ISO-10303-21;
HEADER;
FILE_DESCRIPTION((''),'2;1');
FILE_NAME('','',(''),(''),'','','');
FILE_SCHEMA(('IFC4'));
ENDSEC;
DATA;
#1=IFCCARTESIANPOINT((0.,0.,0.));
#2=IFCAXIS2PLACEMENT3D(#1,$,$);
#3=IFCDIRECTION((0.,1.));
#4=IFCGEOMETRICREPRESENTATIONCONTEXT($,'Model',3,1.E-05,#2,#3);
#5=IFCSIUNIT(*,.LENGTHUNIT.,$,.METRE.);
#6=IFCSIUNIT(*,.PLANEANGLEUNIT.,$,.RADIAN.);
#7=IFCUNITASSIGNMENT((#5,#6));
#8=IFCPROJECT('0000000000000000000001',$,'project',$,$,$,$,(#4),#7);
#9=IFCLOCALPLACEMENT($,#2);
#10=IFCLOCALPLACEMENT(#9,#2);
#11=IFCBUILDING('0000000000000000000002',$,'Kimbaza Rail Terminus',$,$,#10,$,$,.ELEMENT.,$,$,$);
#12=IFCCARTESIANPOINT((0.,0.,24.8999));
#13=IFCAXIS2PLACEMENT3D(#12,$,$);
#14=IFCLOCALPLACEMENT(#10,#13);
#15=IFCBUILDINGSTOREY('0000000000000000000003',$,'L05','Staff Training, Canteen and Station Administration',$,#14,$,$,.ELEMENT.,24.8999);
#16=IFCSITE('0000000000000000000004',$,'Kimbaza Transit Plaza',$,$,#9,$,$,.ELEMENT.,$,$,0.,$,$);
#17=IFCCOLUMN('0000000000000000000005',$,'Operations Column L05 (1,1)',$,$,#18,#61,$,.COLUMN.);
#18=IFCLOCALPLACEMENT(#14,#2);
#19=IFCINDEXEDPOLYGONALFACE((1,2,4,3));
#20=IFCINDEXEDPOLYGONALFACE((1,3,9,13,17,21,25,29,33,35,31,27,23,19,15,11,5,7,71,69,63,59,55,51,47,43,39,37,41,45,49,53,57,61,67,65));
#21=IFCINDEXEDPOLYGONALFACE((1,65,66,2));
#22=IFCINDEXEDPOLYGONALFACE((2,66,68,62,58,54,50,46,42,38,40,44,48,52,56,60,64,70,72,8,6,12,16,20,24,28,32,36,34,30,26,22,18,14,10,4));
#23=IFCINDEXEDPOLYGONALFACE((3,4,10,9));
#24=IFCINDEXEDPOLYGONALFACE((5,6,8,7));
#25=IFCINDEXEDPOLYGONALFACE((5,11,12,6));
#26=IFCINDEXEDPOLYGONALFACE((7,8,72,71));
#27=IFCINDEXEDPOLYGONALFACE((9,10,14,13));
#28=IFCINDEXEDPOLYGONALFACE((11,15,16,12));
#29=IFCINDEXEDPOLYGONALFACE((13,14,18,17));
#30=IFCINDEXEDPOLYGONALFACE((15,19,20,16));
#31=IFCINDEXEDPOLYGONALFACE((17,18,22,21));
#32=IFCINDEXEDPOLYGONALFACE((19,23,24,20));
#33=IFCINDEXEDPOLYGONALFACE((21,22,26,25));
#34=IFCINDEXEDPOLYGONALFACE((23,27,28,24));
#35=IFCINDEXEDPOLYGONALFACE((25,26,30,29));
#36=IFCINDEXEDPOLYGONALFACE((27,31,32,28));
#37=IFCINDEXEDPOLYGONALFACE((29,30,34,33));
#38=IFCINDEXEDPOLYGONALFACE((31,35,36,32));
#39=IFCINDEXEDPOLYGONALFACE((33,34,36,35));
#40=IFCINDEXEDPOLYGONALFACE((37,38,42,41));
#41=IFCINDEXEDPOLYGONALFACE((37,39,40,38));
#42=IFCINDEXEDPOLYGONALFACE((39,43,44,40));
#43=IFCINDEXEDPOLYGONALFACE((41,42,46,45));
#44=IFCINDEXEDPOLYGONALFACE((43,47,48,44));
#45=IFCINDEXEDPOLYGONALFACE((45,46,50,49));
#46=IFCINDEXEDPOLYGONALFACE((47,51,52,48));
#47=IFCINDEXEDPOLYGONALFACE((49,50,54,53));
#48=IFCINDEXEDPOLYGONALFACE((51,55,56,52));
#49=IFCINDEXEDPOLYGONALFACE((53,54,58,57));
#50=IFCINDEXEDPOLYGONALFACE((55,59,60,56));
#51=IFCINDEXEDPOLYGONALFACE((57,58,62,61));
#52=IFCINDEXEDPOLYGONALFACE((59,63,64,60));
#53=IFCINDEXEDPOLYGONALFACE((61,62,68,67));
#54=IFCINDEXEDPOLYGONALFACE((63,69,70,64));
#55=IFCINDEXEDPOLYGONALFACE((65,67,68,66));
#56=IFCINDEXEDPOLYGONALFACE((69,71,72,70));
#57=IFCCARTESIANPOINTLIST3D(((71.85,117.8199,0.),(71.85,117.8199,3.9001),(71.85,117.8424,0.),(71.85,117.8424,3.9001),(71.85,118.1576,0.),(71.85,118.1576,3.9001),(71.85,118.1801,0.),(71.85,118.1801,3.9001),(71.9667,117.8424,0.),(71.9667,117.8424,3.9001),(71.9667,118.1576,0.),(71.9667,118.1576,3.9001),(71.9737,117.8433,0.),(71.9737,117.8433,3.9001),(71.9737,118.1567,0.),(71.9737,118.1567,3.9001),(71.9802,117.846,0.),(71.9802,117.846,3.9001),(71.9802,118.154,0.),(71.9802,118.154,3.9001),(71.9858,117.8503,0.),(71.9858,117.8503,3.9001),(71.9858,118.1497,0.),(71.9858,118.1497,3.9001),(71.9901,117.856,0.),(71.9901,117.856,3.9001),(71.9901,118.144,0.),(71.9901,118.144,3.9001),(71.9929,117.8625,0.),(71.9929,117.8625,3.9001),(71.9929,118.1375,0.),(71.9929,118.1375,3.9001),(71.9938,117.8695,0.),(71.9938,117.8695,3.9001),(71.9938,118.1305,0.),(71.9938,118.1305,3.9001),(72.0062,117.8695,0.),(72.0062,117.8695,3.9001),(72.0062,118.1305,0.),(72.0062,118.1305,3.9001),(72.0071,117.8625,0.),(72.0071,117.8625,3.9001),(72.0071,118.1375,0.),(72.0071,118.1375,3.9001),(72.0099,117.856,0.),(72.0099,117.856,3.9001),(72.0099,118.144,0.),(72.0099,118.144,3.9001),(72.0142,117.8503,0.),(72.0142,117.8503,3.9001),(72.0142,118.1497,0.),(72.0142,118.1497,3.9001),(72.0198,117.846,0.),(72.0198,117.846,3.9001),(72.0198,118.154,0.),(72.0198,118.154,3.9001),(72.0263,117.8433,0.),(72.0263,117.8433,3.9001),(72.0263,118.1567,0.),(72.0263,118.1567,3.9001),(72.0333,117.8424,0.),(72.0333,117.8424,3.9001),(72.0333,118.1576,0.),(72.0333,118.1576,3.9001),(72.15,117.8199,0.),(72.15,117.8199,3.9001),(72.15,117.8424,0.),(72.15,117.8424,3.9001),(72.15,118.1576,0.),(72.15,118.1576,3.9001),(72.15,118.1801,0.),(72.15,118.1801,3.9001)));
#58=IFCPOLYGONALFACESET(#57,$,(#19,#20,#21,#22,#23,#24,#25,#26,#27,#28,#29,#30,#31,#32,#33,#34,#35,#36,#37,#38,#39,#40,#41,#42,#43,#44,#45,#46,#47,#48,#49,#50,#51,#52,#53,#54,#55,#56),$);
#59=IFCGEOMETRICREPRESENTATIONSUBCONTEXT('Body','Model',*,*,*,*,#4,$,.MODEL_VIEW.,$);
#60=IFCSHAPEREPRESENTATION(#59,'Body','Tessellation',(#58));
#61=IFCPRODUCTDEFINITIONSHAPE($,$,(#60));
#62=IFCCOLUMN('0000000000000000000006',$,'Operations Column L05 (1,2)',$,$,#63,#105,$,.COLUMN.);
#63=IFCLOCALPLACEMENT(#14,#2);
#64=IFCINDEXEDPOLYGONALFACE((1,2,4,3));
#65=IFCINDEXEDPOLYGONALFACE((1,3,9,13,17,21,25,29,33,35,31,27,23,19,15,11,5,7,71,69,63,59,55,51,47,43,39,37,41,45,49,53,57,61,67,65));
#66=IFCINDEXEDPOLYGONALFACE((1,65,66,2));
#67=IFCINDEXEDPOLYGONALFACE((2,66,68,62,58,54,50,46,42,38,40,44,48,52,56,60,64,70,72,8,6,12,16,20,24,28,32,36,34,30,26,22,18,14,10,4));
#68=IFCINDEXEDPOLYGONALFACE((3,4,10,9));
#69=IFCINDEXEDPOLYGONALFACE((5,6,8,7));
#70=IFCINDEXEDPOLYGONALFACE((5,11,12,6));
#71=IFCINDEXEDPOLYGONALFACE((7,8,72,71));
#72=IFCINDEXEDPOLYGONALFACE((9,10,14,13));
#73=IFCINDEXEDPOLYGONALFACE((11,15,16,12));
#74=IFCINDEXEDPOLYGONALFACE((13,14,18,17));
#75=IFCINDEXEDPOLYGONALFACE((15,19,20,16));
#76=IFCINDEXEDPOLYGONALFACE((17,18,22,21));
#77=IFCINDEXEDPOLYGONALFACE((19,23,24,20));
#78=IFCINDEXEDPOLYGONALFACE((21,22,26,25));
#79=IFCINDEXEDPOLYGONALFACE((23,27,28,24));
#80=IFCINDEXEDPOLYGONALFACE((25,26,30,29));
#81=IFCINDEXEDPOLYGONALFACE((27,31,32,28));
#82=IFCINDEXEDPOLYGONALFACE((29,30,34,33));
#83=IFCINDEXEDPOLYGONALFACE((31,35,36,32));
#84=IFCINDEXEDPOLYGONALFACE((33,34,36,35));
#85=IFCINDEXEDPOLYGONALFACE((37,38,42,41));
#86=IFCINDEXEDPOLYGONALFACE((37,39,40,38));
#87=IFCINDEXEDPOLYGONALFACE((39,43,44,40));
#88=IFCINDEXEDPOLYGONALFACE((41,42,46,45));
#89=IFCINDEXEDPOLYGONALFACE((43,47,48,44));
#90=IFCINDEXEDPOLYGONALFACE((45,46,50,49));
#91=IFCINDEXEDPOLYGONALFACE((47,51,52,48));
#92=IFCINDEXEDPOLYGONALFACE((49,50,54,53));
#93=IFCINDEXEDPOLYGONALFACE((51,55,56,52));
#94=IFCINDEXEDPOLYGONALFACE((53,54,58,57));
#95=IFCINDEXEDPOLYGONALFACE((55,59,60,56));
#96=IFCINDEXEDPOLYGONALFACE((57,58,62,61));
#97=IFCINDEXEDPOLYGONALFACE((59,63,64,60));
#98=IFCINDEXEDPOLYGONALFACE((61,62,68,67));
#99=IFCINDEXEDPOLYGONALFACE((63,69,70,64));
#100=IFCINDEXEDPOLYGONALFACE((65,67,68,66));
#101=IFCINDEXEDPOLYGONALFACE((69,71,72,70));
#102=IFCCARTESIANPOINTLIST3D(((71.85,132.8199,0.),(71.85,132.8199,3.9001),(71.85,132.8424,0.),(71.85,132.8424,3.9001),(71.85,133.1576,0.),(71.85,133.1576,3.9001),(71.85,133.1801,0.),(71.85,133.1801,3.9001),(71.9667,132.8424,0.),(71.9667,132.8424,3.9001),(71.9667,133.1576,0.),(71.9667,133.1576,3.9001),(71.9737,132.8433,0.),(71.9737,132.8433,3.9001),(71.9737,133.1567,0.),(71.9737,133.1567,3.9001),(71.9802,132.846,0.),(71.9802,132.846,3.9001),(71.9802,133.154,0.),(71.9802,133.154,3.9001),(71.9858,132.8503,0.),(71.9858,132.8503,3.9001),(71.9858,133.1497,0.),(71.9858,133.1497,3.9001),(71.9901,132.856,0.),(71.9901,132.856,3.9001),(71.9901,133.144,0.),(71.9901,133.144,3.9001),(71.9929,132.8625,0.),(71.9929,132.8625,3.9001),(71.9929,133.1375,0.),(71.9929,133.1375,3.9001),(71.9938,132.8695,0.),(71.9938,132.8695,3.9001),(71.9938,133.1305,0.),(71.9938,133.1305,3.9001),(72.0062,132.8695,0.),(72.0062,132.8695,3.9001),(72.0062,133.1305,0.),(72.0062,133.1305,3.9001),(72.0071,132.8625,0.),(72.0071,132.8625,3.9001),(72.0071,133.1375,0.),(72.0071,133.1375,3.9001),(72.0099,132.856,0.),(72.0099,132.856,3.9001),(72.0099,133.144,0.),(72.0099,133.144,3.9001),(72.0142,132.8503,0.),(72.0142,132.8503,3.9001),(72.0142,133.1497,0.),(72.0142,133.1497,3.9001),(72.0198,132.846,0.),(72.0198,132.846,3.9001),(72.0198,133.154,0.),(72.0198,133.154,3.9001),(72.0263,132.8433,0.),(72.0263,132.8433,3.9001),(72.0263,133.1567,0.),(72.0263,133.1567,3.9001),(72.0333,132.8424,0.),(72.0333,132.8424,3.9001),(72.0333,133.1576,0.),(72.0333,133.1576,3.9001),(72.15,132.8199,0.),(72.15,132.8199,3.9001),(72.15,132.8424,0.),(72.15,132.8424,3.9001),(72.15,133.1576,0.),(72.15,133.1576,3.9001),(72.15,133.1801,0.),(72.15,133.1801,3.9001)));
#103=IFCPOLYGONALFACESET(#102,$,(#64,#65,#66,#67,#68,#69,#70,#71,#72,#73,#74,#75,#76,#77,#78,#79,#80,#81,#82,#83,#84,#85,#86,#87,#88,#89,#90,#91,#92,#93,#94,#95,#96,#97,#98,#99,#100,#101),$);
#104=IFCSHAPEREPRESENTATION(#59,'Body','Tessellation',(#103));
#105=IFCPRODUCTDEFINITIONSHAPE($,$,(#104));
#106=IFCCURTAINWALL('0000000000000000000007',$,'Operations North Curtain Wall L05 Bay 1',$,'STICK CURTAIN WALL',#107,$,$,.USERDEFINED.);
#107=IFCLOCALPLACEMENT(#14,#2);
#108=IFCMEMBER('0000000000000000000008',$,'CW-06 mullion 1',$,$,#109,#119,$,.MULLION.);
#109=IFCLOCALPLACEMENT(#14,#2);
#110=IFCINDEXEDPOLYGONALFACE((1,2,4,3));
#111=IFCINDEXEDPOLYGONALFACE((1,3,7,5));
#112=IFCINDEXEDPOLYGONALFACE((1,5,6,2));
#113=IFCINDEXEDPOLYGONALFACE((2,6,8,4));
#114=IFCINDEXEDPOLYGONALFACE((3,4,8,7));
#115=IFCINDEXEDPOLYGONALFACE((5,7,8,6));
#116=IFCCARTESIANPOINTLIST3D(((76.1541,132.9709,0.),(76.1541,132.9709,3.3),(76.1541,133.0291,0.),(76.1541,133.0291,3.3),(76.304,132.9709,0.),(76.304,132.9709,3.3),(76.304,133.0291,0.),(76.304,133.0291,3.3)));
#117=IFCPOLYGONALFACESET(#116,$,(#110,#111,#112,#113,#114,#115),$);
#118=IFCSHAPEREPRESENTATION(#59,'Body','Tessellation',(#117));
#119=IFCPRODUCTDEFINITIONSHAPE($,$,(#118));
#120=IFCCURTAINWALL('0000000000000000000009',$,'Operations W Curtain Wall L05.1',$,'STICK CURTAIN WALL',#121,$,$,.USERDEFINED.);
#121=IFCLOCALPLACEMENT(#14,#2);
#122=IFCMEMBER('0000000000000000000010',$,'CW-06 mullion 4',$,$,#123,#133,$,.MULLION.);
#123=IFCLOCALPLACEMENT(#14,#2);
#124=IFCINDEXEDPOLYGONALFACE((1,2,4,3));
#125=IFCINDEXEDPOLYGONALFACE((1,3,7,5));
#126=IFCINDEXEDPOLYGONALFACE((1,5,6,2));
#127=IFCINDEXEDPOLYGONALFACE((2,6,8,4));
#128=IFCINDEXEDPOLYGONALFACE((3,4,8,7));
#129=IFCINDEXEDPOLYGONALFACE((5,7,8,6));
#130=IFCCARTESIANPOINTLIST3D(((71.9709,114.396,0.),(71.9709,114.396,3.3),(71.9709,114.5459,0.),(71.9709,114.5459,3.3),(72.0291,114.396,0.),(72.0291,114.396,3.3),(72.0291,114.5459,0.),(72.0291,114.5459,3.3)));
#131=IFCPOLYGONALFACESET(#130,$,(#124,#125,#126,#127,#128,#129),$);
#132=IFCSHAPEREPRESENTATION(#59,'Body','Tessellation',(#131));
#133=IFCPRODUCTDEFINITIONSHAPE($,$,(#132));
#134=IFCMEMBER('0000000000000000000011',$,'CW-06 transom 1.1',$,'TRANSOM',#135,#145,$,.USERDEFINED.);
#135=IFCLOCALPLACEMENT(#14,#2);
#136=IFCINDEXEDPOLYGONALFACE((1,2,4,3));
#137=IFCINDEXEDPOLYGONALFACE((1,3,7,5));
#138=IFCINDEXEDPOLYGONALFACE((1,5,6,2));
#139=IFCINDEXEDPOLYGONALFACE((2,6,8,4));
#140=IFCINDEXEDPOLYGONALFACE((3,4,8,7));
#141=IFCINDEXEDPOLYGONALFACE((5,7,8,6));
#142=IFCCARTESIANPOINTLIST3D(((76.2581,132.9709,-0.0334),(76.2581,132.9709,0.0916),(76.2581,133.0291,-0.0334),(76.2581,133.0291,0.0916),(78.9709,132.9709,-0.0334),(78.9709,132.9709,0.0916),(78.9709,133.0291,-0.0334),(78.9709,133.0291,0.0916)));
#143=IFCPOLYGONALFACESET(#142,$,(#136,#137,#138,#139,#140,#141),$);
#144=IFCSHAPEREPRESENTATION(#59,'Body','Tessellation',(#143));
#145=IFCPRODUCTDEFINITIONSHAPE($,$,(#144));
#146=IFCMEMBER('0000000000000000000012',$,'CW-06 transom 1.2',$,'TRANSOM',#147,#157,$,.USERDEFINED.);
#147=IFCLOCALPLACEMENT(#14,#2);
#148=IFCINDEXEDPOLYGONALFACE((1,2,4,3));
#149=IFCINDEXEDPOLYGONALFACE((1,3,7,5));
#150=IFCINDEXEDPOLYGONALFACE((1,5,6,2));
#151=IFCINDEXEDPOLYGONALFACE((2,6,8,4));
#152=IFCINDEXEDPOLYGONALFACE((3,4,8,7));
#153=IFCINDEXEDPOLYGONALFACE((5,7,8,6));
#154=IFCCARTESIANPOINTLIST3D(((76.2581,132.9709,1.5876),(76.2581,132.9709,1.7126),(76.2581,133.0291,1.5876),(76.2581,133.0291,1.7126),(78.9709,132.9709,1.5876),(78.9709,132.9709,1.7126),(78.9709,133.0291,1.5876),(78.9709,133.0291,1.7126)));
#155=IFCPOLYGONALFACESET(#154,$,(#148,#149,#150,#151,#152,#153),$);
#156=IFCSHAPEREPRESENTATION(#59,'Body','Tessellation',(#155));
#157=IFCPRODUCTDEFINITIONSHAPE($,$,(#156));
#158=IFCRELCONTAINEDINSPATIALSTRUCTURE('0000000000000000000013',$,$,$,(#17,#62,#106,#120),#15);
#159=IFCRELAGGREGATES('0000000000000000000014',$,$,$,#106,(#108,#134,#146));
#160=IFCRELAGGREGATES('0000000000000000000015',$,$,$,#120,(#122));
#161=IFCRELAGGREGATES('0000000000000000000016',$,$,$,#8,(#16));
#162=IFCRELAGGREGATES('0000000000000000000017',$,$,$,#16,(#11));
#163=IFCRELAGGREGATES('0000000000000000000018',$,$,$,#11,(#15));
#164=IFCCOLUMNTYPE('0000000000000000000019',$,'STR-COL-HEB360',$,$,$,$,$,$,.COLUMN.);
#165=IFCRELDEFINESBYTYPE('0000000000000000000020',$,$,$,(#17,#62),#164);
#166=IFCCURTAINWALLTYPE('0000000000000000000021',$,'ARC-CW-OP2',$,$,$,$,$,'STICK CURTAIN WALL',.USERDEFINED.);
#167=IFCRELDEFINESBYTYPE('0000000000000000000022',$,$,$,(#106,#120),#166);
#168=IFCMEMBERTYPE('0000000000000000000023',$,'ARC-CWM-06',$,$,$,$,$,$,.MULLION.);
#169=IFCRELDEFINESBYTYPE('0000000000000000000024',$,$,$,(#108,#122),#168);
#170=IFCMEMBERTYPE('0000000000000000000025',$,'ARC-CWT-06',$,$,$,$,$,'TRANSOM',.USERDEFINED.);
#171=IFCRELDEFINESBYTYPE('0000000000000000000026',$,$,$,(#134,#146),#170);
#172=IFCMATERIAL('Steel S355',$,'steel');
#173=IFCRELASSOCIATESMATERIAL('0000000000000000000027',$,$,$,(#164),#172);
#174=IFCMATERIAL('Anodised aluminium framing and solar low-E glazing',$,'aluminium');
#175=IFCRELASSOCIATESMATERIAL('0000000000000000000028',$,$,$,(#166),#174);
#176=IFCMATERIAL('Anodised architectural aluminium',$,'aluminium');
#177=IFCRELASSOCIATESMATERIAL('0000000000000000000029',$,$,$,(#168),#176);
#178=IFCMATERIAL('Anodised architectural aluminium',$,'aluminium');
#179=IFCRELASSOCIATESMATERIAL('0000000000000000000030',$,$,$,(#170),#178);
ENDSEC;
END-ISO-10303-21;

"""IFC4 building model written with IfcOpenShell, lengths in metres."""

from ifc_helpers import new_model, si_unit, direction, frame, origin, origin_2d, place, context, subcontext, project, spatial, rectangle, i_section, extrude, material, material_profile, profile_set, type_object, element, aggregate, save


model = new_model("IFC4")

# Units and contexts
model_context = context("Model", 3, precision=1e-05, world=origin(), true_north=direction((0.0, 1.0)))
body_context = subcontext(model_context, "Body", "Model", "MODEL_VIEW")
ifc_project = project(units=[si_unit("LENGTHUNIT", "METRE"), si_unit("PLANEANGLEUNIT", "RADIAN")], contexts=[model_context])

# Site, building, storey
site_placement = place(None, origin())
site = spatial("IfcSite", under=ifc_project, at=site_placement, Name="Kimbaza Transit Plaza", CompositionType="ELEMENT", RefElevation=0.0)
building_placement = place(site_placement, origin())
building = spatial("IfcBuilding", under=site, at=building_placement, Name="Kimbaza Rail Terminus", CompositionType="ELEMENT")
storey_placement = place(building_placement, frame((0.0, 0.0, 24.8999)))
storey = spatial("IfcBuildingStorey", under=building, at=storey_placement, Name="L05", Description="Staff Training, Canteen and Station Administration", CompositionType="ELEMENT", Elevation=24.8999)

# Columns
ifc_material_1 = material(Name="Steel S355", Category="steel")
ifc_material_profile_1 = material_profile(ifc_material_1, i_section(OverallWidth=0.3, OverallDepth=0.3601, WebThickness=0.0125, FlangeThickness=0.0225, FilletRadius=0.0271, at=origin_2d()), Name="HEB 360")
ifc_profile_set_1 = profile_set([ifc_material_profile_1], Name="Steel S355")
column_type = type_object("IfcColumnType", Name="STR-COL-HEB360", PredefinedType="COLUMN", material=ifc_profile_set_1)
for number, where, z_axis, x_axis, name in (
    (1, (72.0, 118.0, 0.0), (0.0, 0.0, 1.0), (1.0, 0.0, 0.0), "Operations Column L05 (1,1)"),
    (2, (72.0, 133.0, 0.0), (0.0, 0.0, 1.0), (1.0, 0.0, 0.0), "Operations Column L05 (1,2)"),
):
    element("IfcColumn", number, at=place(storey_placement, frame(where, z_axis=z_axis, x_axis=x_axis)), inside=storey, type_object=column_type, Name=name, PredefinedType="COLUMN", context=body_context, shape_type="SweptSolid", body=[
        extrude(i_section(OverallWidth=0.3, OverallDepth=0.3601, WebThickness=0.0125, FlangeThickness=0.0225, FilletRadius=0.0271, at=origin_2d()), origin(), (0.0, 0.0, 1.0), 3.9001),
    ])

# Curtain walls, members
ifc_material_2 = material(Name="Anodised aluminium framing and solar low-E glazing", Category="aluminium")
curtain_wall_type = type_object("IfcCurtainWallType", Name="ARC-CW-OP2", ElementType="STICK CURTAIN WALL", PredefinedType="USERDEFINED", material=ifc_material_2)
curtain_wall_1_placement = place(storey_placement, origin())
curtain_wall_1 = element("IfcCurtainWall", 3, at=curtain_wall_1_placement, inside=storey, type_object=curtain_wall_type, Name="Operations North Curtain Wall L05 Bay 1", ObjectType="STICK CURTAIN WALL", PredefinedType="USERDEFINED")
ifc_material_3 = material(Name="Anodised architectural aluminium", Category="aluminium")
ifc_material_profile_2 = material_profile(ifc_material_3, rectangle(XDim=0.0581, YDim=0.1499, at=origin_2d()), Name="MULLION 58x150")
ifc_profile_set_2 = profile_set([ifc_material_profile_2], Name="Anodised architectural aluminium")
member_type_1 = type_object("IfcMemberType", Name="ARC-CWM-06", PredefinedType="MULLION", material=ifc_profile_set_2)
member_1_placement = place(storey_placement, frame((76.229, 133.0, 0.0), z_axis=(0.0, 0.0, 1.0), x_axis=(0.0, 1.0, 0.0)))
member_1 = element("IfcMember", 4, at=member_1_placement, type_object=member_type_1, Name="CW-06 mullion 1", PredefinedType="MULLION", context=body_context, shape_type="SweptSolid", body=[
    extrude(rectangle(XDim=0.0581, YDim=0.1499, at=origin_2d()), origin(), (0.0, 0.0, 1.0), 3.3),
])
curtain_wall_2_placement = place(storey_placement, origin())
curtain_wall_2 = element("IfcCurtainWall", 5, at=curtain_wall_2_placement, inside=storey, type_object=curtain_wall_type, Name="Operations W Curtain Wall L05.1", ObjectType="STICK CURTAIN WALL", PredefinedType="USERDEFINED")
member_2_placement = place(storey_placement, frame((72.0, 114.4709, 0.0), z_axis=(0.0, 0.0, 1.0), x_axis=(-1.0, 0.0, 0.0)))
member_2 = element("IfcMember", 6, at=member_2_placement, type_object=member_type_1, Name="CW-06 mullion 4", PredefinedType="MULLION", context=body_context, shape_type="SweptSolid", body=[
    extrude(rectangle(XDim=0.0581, YDim=0.1499, at=origin_2d()), origin(), (0.0, 0.0, 1.0), 3.3),
])

# Members
ifc_material_4 = material(Name="Anodised architectural aluminium", Category="aluminium")
ifc_material_profile_3 = material_profile(ifc_material_4, rectangle(XDim=0.0581, YDim=0.125, at=origin_2d()), Name="TRANSOM 58x125")
ifc_profile_set_3 = profile_set([ifc_material_profile_3], Name="Anodised architectural aluminium")
member_type_2 = type_object("IfcMemberType", Name="ARC-CWT-06", ElementType="TRANSOM", PredefinedType="USERDEFINED", material=ifc_profile_set_3)
member_3_placement = place(storey_placement, frame((76.2581, 133.0, 0.0291), z_axis=(1.0, 0.0, 0.0), x_axis=(0.0, 1.0, 0.0)))
member_3 = element("IfcMember", 7, at=member_3_placement, type_object=member_type_2, Name="CW-06 transom 1.1", ObjectType="TRANSOM", PredefinedType="USERDEFINED", context=body_context, shape_type="SweptSolid", body=[
    extrude(rectangle(XDim=0.0581, YDim=0.125, at=origin_2d()), origin(), (0.0, 0.0, 1.0), 2.7129),
])
member_4_placement = place(storey_placement, frame((76.2581, 133.0, 1.6501), z_axis=(1.0, 0.0, 0.0), x_axis=(0.0, 1.0, 0.0)))
member_4 = element("IfcMember", 8, at=member_4_placement, type_object=member_type_2, Name="CW-06 transom 1.2", ObjectType="TRANSOM", PredefinedType="USERDEFINED", context=body_context, shape_type="SweptSolid", body=[
    extrude(rectangle(XDim=0.0581, YDim=0.125, at=origin_2d()), origin(), (0.0, 0.0, 1.0), 2.7129),
])
aggregate(curtain_wall_1, [member_1, member_3, member_4])

aggregate(curtain_wall_2, [member_2])

save(model, "model.ifc")
